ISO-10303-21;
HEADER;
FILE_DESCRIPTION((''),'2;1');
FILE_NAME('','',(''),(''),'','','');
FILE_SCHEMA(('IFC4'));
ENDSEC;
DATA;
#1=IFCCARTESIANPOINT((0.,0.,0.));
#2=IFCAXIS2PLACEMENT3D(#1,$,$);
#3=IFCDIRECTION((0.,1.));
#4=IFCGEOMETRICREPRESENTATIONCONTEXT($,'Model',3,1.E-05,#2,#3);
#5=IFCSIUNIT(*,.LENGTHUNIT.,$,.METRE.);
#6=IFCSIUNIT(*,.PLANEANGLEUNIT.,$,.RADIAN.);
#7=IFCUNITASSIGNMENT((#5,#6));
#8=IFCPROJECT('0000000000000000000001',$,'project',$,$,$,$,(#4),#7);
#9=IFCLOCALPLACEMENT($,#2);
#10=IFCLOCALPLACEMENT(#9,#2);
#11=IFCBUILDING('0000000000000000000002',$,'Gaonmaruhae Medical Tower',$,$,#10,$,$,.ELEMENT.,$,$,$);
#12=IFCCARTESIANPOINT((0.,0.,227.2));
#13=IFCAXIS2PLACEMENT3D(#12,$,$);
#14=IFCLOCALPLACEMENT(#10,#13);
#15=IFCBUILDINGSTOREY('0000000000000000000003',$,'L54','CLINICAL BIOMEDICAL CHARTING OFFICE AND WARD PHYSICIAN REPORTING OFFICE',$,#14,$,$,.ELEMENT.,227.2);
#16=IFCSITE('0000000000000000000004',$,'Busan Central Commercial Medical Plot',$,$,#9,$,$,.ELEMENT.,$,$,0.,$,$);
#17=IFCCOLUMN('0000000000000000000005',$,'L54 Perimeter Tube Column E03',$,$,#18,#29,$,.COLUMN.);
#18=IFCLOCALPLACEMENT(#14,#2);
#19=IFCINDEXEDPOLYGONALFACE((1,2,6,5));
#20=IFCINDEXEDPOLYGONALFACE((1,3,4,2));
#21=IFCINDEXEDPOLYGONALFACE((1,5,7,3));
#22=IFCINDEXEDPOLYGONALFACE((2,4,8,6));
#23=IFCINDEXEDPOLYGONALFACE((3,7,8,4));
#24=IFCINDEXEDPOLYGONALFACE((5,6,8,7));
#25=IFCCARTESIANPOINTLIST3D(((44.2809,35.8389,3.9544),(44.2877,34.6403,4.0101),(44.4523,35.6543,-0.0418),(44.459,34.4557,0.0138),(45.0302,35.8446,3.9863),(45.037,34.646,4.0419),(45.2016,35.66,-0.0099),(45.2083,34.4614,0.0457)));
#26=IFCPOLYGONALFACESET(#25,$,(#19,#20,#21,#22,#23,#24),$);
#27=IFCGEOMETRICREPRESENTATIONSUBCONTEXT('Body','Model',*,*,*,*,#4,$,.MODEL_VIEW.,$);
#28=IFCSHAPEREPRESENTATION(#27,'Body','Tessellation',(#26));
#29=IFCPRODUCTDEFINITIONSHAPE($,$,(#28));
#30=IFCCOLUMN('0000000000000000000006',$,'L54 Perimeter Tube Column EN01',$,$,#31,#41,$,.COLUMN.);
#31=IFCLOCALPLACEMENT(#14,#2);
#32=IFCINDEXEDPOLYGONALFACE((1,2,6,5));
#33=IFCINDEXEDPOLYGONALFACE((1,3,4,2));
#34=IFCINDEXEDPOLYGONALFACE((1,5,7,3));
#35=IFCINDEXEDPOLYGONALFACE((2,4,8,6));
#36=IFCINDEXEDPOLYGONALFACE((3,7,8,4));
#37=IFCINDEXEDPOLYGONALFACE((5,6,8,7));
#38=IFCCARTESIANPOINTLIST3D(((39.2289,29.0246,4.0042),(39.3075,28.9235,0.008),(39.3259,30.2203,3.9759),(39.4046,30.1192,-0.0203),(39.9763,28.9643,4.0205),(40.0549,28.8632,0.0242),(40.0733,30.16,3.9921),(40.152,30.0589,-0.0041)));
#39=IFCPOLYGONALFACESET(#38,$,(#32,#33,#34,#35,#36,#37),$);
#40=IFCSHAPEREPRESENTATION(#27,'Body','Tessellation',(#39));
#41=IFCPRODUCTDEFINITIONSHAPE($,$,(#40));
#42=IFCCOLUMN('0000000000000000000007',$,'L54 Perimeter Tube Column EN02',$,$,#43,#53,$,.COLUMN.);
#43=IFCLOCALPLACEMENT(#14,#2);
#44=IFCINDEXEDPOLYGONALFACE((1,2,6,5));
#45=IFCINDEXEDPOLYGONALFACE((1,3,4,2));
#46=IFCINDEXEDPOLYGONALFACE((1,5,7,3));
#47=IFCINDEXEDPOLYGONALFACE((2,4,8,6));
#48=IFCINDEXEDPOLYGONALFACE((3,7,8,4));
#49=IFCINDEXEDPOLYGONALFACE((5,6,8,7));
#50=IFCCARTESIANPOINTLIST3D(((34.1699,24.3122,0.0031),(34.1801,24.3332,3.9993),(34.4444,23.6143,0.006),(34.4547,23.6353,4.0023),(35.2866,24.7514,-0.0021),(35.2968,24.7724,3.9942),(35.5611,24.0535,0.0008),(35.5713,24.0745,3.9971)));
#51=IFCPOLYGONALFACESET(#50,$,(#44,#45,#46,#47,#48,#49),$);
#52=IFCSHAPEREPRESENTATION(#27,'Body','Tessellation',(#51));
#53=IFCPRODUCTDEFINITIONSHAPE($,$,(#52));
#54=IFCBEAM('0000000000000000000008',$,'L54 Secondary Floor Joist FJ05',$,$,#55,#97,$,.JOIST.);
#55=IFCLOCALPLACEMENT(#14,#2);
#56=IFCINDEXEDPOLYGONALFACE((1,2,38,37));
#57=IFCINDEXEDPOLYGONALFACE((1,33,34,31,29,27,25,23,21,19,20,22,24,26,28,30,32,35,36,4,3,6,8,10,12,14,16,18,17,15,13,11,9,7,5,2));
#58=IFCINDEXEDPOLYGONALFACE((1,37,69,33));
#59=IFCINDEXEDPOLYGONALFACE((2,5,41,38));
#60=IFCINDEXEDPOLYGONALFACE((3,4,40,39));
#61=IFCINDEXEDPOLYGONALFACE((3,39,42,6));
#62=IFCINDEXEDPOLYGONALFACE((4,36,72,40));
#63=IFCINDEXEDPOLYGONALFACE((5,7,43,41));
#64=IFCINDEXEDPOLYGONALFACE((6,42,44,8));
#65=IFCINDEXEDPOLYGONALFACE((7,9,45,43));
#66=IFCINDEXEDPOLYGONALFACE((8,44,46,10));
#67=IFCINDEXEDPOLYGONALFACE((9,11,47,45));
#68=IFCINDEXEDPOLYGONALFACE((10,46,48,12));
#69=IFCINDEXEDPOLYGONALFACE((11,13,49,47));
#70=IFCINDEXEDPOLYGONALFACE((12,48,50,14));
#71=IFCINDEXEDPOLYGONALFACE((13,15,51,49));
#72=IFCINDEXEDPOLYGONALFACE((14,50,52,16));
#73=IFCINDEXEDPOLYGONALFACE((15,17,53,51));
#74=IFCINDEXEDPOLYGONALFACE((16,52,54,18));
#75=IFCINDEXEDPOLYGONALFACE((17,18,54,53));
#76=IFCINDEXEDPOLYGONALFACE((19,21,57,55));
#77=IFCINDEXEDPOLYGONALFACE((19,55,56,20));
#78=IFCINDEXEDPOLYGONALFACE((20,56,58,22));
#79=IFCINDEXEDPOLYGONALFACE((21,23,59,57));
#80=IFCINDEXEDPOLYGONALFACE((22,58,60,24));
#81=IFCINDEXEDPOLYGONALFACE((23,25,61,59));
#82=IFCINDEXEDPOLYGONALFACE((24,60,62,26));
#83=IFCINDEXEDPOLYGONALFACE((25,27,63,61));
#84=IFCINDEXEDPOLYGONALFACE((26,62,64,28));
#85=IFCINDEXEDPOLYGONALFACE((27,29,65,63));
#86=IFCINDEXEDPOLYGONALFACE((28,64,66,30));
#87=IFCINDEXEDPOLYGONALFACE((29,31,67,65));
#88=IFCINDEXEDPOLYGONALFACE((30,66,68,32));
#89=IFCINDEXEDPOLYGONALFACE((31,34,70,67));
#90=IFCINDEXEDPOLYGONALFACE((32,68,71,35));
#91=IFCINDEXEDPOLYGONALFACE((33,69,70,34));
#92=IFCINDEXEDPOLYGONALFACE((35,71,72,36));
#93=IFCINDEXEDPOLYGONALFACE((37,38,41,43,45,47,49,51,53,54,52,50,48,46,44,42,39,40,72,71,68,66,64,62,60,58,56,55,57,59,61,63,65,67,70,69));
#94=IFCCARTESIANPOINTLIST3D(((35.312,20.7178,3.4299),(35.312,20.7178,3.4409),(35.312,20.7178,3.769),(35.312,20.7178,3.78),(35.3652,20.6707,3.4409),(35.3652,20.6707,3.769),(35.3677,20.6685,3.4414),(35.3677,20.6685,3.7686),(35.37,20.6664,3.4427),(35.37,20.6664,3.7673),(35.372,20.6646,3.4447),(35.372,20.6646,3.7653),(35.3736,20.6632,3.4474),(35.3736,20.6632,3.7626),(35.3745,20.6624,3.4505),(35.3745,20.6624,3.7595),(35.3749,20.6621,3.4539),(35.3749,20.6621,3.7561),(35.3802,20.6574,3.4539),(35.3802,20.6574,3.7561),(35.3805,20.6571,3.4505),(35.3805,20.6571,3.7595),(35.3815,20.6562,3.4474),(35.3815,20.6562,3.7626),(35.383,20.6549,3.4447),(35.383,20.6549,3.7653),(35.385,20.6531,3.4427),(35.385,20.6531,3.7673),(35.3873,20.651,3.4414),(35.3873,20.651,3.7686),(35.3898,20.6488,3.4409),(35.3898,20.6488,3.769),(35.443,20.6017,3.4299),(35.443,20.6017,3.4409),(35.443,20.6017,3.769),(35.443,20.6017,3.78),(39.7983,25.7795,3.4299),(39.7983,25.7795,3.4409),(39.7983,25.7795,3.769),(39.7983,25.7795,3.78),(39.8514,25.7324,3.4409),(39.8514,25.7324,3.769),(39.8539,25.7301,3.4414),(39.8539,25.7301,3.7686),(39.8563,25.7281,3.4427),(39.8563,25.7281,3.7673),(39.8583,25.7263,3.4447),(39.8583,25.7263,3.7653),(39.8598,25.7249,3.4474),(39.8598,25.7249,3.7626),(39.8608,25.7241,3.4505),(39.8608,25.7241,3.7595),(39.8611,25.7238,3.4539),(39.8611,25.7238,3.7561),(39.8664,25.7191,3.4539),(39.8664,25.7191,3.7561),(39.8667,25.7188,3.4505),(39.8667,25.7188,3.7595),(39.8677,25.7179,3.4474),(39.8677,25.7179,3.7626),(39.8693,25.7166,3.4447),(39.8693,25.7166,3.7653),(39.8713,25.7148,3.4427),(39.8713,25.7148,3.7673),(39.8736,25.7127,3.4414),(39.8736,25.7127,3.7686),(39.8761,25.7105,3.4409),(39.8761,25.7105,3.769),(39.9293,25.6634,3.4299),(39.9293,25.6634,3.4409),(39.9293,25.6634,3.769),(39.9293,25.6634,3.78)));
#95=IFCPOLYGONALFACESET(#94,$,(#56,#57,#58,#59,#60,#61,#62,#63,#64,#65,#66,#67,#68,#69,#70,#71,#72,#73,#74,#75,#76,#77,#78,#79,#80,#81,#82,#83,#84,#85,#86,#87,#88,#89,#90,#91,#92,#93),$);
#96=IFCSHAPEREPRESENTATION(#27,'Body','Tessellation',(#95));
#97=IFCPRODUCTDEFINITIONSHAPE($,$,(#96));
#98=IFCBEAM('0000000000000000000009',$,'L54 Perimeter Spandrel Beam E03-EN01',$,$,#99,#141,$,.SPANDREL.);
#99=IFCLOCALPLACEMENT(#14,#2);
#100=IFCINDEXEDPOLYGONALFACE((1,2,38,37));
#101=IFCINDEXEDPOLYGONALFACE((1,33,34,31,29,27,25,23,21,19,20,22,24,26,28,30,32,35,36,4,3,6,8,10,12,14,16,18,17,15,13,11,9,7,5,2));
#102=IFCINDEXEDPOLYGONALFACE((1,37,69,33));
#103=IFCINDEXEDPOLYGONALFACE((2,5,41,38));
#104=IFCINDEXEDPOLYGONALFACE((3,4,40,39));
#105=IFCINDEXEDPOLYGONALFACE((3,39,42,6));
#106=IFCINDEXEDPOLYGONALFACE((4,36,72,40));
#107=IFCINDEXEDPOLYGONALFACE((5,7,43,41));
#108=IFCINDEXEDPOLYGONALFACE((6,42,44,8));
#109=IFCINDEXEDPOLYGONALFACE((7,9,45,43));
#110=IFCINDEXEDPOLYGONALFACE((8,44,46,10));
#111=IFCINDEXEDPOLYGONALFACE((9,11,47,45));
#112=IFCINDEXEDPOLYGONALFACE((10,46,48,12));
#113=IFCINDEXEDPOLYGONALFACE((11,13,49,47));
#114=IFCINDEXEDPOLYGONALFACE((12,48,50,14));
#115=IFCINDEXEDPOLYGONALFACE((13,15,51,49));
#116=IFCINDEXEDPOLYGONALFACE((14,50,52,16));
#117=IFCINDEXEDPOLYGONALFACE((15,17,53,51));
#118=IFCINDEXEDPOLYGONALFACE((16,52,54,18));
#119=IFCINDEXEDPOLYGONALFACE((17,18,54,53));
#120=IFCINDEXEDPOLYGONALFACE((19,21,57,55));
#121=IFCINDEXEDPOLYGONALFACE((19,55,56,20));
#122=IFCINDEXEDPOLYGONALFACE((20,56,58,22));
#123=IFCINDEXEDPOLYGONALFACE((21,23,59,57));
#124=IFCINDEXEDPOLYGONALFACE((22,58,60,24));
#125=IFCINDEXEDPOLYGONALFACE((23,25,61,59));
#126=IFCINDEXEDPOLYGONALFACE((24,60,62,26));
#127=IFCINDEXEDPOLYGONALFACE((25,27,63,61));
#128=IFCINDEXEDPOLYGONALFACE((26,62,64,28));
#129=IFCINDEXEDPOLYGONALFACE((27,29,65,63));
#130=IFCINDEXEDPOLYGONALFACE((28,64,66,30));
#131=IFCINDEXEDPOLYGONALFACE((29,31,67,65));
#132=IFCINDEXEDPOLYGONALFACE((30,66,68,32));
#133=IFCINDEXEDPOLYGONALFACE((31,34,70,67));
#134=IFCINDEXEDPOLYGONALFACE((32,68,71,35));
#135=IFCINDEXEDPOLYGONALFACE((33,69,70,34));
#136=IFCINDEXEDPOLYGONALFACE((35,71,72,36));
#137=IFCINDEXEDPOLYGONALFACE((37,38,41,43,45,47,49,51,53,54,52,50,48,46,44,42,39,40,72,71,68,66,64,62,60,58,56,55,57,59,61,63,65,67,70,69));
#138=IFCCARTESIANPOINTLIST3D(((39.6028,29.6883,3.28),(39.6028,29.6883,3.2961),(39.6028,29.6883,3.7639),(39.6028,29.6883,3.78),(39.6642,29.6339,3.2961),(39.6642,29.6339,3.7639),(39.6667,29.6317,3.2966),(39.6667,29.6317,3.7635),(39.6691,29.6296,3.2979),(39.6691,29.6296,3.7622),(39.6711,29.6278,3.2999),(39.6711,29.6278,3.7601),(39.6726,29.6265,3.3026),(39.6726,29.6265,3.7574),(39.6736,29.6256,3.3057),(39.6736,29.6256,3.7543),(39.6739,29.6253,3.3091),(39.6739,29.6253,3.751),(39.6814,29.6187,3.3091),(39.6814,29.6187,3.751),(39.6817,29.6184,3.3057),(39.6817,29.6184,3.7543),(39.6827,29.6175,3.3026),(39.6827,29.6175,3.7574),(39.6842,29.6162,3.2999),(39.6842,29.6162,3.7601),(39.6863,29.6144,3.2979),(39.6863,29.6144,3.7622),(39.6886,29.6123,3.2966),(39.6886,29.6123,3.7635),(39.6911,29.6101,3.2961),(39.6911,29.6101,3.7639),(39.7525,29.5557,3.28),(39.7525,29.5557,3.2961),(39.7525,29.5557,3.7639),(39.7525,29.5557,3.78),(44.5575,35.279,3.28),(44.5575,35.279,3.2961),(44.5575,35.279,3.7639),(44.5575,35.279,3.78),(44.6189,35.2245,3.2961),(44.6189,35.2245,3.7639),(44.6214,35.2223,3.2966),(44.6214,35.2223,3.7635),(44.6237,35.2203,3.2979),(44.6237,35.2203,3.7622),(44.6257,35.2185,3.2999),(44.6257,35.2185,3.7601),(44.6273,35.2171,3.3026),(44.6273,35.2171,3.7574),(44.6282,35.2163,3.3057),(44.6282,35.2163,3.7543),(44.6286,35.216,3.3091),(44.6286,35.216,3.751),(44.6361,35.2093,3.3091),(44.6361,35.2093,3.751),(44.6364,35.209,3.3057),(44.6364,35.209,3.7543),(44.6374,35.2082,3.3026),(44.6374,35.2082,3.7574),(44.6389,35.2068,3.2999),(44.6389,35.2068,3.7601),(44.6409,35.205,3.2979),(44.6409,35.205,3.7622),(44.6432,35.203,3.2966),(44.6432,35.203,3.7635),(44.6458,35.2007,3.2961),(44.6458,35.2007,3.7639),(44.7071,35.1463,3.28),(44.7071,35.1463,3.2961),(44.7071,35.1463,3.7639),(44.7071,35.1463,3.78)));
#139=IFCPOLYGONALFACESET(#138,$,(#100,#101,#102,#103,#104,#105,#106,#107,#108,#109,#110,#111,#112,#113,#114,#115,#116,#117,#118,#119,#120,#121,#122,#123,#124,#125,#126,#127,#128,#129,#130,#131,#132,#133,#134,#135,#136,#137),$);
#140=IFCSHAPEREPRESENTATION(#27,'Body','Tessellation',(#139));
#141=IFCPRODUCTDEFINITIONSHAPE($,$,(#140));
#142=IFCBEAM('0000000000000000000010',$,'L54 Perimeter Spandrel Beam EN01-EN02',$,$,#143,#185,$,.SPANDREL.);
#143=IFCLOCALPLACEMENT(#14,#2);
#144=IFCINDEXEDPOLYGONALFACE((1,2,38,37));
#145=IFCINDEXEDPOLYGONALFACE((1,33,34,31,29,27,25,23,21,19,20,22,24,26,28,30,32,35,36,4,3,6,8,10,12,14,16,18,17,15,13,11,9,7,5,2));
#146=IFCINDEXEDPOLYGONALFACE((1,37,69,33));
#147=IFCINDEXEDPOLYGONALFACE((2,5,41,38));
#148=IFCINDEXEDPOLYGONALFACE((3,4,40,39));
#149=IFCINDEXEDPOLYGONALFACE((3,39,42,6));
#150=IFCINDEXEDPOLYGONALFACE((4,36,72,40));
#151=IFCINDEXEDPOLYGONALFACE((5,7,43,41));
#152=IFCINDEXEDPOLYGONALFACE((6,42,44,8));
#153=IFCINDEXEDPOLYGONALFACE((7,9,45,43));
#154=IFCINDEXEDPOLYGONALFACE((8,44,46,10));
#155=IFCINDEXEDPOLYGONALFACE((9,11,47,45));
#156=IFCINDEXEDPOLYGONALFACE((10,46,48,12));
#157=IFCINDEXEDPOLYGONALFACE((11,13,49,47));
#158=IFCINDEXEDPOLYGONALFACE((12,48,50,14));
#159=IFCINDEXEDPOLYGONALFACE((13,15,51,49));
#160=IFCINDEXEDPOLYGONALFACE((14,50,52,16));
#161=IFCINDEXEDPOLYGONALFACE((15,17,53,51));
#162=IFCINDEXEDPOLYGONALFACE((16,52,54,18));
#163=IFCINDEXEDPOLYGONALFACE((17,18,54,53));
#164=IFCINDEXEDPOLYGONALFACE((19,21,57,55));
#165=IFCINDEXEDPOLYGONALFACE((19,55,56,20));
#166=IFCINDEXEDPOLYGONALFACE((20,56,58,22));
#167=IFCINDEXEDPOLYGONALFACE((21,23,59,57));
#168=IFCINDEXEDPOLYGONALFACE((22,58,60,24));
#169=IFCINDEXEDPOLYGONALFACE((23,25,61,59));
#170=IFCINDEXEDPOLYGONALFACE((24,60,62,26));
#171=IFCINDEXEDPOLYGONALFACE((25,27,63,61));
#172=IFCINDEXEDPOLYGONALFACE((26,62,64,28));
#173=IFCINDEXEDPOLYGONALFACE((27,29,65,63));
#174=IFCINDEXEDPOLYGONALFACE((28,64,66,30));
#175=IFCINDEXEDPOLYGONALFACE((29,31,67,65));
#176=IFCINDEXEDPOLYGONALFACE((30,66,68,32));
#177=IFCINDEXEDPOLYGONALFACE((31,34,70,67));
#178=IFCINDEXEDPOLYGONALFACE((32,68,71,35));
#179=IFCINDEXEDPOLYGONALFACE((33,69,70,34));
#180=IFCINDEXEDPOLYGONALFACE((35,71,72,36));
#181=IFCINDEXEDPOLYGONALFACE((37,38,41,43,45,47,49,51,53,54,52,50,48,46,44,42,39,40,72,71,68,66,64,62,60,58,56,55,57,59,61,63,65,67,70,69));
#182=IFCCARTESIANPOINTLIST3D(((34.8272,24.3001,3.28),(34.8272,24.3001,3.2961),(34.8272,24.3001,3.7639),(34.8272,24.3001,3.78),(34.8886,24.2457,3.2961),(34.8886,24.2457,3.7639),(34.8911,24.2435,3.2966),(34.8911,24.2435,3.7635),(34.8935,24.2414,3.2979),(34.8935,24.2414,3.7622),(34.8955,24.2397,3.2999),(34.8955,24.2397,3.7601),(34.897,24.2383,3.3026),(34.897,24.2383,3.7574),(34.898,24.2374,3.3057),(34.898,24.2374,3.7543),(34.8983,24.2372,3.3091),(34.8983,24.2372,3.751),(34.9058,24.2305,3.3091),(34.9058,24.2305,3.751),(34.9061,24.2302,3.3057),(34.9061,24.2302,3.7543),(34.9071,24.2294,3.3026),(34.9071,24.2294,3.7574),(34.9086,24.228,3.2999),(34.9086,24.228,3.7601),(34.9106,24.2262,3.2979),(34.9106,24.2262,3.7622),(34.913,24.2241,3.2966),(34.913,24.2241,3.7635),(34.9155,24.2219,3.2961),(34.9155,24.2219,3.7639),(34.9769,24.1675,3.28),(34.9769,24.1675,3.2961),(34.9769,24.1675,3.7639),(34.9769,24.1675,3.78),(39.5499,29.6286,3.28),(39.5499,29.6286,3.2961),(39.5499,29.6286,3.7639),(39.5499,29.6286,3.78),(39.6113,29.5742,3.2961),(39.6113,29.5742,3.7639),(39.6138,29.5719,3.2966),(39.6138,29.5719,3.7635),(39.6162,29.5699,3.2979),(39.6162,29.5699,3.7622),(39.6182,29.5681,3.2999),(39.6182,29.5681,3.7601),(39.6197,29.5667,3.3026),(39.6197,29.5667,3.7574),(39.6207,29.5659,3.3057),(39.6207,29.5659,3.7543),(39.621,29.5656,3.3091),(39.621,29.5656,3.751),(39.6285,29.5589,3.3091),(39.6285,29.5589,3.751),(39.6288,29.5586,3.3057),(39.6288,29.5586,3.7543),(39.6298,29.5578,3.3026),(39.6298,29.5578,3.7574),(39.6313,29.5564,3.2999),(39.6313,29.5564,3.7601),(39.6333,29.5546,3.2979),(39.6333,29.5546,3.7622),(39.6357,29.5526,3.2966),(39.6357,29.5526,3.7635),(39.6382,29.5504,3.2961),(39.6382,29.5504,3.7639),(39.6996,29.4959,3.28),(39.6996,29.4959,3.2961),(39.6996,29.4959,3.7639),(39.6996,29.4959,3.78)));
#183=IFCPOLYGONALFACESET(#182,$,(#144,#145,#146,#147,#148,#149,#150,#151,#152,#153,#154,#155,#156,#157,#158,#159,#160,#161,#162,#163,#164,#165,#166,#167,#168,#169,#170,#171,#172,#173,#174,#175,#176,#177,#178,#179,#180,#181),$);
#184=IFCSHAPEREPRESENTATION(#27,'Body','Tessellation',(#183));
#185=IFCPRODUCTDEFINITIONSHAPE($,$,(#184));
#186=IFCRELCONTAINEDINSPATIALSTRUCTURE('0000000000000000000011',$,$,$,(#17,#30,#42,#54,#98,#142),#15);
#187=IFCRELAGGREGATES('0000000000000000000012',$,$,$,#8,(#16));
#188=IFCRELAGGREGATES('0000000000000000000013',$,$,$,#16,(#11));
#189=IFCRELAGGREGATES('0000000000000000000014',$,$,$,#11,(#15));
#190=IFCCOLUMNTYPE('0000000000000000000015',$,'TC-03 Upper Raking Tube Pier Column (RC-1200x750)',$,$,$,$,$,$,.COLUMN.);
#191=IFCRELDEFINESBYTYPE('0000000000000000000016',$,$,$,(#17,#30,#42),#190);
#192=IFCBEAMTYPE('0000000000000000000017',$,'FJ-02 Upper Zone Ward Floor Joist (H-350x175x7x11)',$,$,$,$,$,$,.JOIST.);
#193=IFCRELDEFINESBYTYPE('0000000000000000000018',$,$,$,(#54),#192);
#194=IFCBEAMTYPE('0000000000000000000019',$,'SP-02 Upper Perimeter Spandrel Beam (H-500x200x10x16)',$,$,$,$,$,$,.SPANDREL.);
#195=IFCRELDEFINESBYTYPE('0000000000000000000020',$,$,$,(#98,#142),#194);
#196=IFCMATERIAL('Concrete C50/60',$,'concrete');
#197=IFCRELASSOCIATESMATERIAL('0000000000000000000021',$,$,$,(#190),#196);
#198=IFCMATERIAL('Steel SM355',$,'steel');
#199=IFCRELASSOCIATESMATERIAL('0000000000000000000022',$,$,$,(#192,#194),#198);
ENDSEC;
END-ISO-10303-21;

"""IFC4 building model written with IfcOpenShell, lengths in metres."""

from ifc_helpers import new_model, si_unit, direction, frame, origin, origin_2d, place, context, subcontext, project, spatial, rectangle, i_section, extrude, material, material_profile, profile_set, type_object, element, save


model = new_model("IFC4")

# Units and contexts
model_context = context("Model", 3, precision=1e-05, world=origin(), true_north=direction((0.0, 1.0)))
body_context = subcontext(model_context, "Body", "Model", "MODEL_VIEW")
ifc_project = project(units=[si_unit("LENGTHUNIT", "METRE"), si_unit("PLANEANGLEUNIT", "RADIAN")], contexts=[model_context])

# Site, building, storey
site_placement = place(None, origin())
site = spatial("IfcSite", under=ifc_project, at=site_placement, Name="Busan Central Commercial Medical Plot", CompositionType="ELEMENT", RefElevation=0.0)
building_placement = place(site_placement, origin())
building = spatial("IfcBuilding", under=site, at=building_placement, Name="Gaonmaruhae Medical Tower", CompositionType="ELEMENT")
storey_placement = place(building_placement, frame((0.0, 0.0, 227.2)))
storey = spatial("IfcBuildingStorey", under=building, at=storey_placement, Name="L54", Description="CLINICAL BIOMEDICAL CHARTING OFFICE AND WARD PHYSICIAN REPORTING OFFICE", CompositionType="ELEMENT", Elevation=227.2)

# Columns
ifc_material_1 = material(Name="Concrete C50/60", Category="concrete")
ifc_material_profile_1 = material_profile(ifc_material_1, rectangle(XDim=1.2, YDim=0.75, at=origin_2d()), Name="RC-1200x750")
ifc_profile_set_1 = profile_set([ifc_material_profile_1], Name="Concrete C50/60")
column_type = type_object("IfcColumnType", Name="TC-03 Upper Raking Tube Pier Column (RC-1200x750)", PredefinedType="COLUMN", material=ifc_profile_set_1)
column_1_placement = place(storey_placement, frame((44.8303, 35.0579, 0.002), z_axis=(-0.042801, 0.046093, 0.99802), x_axis=(0.00562, -0.998908, 0.046375)))
element("IfcColumn", 1, at=column_1_placement, inside=storey, type_object=column_type, Name="L54 Perimeter Tube Column E03", PredefinedType="COLUMN", context=body_context, shape_type="SweptSolid", body=[
    extrude(rectangle(XDim=1.2, YDim=0.75, at=origin_2d()), origin(), (0.0, 0.0, 1.0), 4.0042),
])
column_2_placement = place(storey_placement, frame((39.7297, 29.4912, 0.002), z_axis=(-0.019661, 0.025279, 0.999487), x_axis=(-0.080866, -0.996445, 0.023611)))
element("IfcColumn", 2, at=column_2_placement, inside=storey, type_object=column_type, Name="L54 Perimeter Tube Column EN01", PredefinedType="COLUMN", context=body_context, shape_type="SweptSolid", body=[
    extrude(rectangle(XDim=1.2, YDim=0.75, at=origin_2d()), origin(), (0.0, 0.0, 1.0), 3.9983),
])
column_3_placement = place(storey_placement, frame((34.8655, 24.1829, 0.002), z_axis=(0.002566, 0.005254, 0.999983), x_axis=(-0.930601, -0.366009, 0.004311)))
element("IfcColumn", 3, at=column_3_placement, inside=storey, type_object=column_type, Name="L54 Perimeter Tube Column EN02", PredefinedType="COLUMN", context=body_context, shape_type="SweptSolid", body=[
    extrude(rectangle(XDim=1.2, YDim=0.75, at=origin_2d()), origin(), (0.0, 0.0, 1.0), 3.9963),
])

# Beams
ifc_material_2 = material(Name="Steel SM355", Category="steel")
ifc_material_profile_2 = material_profile(ifc_material_2, i_section(OverallWidth=0.175, OverallDepth=0.3501, WebThickness=0.0071, FlangeThickness=0.011, FilletRadius=0.0129, at=origin_2d()), Name="H-350x175x7x11")
ifc_profile_set_2 = profile_set([ifc_material_profile_2], Name="Steel SM355")
beam_type_1 = type_object("IfcBeamType", Name="FJ-02 Upper Zone Ward Floor Joist (H-350x175x7x11)", PredefinedType="JOIST", material=ifc_profile_set_2)
beam_1_placement = place(storey_placement, frame((39.8638, 25.7214, 3.605), z_axis=(-0.663288, -0.748364, 0.0), x_axis=(0.748364, -0.663288, 0.0)))
element("IfcBeam", 4, at=beam_1_placement, inside=storey, type_object=beam_type_1, Name="L54 Secondary Floor Joist FJ05", PredefinedType="JOIST", context=body_context, shape_type="SweptSolid", body=[
    extrude(i_section(OverallWidth=0.175, OverallDepth=0.3501, WebThickness=0.0071, FlangeThickness=0.011, FilletRadius=0.0129, at=origin_2d()), origin(), (0.0, 0.0, 1.0), 6.7637),
])
ifc_material_profile_3 = material_profile(ifc_material_2, i_section(OverallWidth=0.2, OverallDepth=0.5, WebThickness=0.01, FlangeThickness=0.0161, FilletRadius=0.0129, at=origin_2d()), Name="H-500x200x10x16")
ifc_profile_set_3 = profile_set([ifc_material_profile_3], Name="Steel SM355")
beam_type_2 = type_object("IfcBeamType", Name="SP-02 Upper Perimeter Spandrel Beam (H-500x200x10x16)", PredefinedType="SPANDREL", material=ifc_profile_set_3)
beam_2_placement = place(storey_placement, frame((44.6323, 35.2126, 3.53), z_axis=(-0.663256, -0.748393, 0.0), x_axis=(0.748393, -0.663256, 0.0)))
element("IfcBeam", 5, at=beam_2_placement, inside=storey, type_object=beam_type_2, Name="L54 Perimeter Spandrel Beam E03-EN01", PredefinedType="SPANDREL", context=body_context, shape_type="SweptSolid", body=[
    extrude(i_section(OverallWidth=0.2, OverallDepth=0.5, WebThickness=0.01, FlangeThickness=0.0161, FilletRadius=0.0129, at=origin_2d()), origin(), (0.0, 0.0, 1.0), 7.4702),
])
beam_3_placement = place(storey_placement, frame((39.6248, 29.5623, 3.53), z_axis=(-0.66329, -0.748362, 0.0), x_axis=(0.748362, -0.66329, 0.0)))
element("IfcBeam", 6, at=beam_3_placement, inside=storey, type_object=beam_type_2, Name="L54 Perimeter Spandrel Beam EN01-EN02", PredefinedType="SPANDREL", context=body_context, shape_type="SweptSolid", body=[
    extrude(i_section(OverallWidth=0.2, OverallDepth=0.5, WebThickness=0.01, FlangeThickness=0.0161, FilletRadius=0.0129, at=origin_2d()), origin(), (0.0, 0.0, 1.0), 7.1201),
])

save(model, "model.ifc")
